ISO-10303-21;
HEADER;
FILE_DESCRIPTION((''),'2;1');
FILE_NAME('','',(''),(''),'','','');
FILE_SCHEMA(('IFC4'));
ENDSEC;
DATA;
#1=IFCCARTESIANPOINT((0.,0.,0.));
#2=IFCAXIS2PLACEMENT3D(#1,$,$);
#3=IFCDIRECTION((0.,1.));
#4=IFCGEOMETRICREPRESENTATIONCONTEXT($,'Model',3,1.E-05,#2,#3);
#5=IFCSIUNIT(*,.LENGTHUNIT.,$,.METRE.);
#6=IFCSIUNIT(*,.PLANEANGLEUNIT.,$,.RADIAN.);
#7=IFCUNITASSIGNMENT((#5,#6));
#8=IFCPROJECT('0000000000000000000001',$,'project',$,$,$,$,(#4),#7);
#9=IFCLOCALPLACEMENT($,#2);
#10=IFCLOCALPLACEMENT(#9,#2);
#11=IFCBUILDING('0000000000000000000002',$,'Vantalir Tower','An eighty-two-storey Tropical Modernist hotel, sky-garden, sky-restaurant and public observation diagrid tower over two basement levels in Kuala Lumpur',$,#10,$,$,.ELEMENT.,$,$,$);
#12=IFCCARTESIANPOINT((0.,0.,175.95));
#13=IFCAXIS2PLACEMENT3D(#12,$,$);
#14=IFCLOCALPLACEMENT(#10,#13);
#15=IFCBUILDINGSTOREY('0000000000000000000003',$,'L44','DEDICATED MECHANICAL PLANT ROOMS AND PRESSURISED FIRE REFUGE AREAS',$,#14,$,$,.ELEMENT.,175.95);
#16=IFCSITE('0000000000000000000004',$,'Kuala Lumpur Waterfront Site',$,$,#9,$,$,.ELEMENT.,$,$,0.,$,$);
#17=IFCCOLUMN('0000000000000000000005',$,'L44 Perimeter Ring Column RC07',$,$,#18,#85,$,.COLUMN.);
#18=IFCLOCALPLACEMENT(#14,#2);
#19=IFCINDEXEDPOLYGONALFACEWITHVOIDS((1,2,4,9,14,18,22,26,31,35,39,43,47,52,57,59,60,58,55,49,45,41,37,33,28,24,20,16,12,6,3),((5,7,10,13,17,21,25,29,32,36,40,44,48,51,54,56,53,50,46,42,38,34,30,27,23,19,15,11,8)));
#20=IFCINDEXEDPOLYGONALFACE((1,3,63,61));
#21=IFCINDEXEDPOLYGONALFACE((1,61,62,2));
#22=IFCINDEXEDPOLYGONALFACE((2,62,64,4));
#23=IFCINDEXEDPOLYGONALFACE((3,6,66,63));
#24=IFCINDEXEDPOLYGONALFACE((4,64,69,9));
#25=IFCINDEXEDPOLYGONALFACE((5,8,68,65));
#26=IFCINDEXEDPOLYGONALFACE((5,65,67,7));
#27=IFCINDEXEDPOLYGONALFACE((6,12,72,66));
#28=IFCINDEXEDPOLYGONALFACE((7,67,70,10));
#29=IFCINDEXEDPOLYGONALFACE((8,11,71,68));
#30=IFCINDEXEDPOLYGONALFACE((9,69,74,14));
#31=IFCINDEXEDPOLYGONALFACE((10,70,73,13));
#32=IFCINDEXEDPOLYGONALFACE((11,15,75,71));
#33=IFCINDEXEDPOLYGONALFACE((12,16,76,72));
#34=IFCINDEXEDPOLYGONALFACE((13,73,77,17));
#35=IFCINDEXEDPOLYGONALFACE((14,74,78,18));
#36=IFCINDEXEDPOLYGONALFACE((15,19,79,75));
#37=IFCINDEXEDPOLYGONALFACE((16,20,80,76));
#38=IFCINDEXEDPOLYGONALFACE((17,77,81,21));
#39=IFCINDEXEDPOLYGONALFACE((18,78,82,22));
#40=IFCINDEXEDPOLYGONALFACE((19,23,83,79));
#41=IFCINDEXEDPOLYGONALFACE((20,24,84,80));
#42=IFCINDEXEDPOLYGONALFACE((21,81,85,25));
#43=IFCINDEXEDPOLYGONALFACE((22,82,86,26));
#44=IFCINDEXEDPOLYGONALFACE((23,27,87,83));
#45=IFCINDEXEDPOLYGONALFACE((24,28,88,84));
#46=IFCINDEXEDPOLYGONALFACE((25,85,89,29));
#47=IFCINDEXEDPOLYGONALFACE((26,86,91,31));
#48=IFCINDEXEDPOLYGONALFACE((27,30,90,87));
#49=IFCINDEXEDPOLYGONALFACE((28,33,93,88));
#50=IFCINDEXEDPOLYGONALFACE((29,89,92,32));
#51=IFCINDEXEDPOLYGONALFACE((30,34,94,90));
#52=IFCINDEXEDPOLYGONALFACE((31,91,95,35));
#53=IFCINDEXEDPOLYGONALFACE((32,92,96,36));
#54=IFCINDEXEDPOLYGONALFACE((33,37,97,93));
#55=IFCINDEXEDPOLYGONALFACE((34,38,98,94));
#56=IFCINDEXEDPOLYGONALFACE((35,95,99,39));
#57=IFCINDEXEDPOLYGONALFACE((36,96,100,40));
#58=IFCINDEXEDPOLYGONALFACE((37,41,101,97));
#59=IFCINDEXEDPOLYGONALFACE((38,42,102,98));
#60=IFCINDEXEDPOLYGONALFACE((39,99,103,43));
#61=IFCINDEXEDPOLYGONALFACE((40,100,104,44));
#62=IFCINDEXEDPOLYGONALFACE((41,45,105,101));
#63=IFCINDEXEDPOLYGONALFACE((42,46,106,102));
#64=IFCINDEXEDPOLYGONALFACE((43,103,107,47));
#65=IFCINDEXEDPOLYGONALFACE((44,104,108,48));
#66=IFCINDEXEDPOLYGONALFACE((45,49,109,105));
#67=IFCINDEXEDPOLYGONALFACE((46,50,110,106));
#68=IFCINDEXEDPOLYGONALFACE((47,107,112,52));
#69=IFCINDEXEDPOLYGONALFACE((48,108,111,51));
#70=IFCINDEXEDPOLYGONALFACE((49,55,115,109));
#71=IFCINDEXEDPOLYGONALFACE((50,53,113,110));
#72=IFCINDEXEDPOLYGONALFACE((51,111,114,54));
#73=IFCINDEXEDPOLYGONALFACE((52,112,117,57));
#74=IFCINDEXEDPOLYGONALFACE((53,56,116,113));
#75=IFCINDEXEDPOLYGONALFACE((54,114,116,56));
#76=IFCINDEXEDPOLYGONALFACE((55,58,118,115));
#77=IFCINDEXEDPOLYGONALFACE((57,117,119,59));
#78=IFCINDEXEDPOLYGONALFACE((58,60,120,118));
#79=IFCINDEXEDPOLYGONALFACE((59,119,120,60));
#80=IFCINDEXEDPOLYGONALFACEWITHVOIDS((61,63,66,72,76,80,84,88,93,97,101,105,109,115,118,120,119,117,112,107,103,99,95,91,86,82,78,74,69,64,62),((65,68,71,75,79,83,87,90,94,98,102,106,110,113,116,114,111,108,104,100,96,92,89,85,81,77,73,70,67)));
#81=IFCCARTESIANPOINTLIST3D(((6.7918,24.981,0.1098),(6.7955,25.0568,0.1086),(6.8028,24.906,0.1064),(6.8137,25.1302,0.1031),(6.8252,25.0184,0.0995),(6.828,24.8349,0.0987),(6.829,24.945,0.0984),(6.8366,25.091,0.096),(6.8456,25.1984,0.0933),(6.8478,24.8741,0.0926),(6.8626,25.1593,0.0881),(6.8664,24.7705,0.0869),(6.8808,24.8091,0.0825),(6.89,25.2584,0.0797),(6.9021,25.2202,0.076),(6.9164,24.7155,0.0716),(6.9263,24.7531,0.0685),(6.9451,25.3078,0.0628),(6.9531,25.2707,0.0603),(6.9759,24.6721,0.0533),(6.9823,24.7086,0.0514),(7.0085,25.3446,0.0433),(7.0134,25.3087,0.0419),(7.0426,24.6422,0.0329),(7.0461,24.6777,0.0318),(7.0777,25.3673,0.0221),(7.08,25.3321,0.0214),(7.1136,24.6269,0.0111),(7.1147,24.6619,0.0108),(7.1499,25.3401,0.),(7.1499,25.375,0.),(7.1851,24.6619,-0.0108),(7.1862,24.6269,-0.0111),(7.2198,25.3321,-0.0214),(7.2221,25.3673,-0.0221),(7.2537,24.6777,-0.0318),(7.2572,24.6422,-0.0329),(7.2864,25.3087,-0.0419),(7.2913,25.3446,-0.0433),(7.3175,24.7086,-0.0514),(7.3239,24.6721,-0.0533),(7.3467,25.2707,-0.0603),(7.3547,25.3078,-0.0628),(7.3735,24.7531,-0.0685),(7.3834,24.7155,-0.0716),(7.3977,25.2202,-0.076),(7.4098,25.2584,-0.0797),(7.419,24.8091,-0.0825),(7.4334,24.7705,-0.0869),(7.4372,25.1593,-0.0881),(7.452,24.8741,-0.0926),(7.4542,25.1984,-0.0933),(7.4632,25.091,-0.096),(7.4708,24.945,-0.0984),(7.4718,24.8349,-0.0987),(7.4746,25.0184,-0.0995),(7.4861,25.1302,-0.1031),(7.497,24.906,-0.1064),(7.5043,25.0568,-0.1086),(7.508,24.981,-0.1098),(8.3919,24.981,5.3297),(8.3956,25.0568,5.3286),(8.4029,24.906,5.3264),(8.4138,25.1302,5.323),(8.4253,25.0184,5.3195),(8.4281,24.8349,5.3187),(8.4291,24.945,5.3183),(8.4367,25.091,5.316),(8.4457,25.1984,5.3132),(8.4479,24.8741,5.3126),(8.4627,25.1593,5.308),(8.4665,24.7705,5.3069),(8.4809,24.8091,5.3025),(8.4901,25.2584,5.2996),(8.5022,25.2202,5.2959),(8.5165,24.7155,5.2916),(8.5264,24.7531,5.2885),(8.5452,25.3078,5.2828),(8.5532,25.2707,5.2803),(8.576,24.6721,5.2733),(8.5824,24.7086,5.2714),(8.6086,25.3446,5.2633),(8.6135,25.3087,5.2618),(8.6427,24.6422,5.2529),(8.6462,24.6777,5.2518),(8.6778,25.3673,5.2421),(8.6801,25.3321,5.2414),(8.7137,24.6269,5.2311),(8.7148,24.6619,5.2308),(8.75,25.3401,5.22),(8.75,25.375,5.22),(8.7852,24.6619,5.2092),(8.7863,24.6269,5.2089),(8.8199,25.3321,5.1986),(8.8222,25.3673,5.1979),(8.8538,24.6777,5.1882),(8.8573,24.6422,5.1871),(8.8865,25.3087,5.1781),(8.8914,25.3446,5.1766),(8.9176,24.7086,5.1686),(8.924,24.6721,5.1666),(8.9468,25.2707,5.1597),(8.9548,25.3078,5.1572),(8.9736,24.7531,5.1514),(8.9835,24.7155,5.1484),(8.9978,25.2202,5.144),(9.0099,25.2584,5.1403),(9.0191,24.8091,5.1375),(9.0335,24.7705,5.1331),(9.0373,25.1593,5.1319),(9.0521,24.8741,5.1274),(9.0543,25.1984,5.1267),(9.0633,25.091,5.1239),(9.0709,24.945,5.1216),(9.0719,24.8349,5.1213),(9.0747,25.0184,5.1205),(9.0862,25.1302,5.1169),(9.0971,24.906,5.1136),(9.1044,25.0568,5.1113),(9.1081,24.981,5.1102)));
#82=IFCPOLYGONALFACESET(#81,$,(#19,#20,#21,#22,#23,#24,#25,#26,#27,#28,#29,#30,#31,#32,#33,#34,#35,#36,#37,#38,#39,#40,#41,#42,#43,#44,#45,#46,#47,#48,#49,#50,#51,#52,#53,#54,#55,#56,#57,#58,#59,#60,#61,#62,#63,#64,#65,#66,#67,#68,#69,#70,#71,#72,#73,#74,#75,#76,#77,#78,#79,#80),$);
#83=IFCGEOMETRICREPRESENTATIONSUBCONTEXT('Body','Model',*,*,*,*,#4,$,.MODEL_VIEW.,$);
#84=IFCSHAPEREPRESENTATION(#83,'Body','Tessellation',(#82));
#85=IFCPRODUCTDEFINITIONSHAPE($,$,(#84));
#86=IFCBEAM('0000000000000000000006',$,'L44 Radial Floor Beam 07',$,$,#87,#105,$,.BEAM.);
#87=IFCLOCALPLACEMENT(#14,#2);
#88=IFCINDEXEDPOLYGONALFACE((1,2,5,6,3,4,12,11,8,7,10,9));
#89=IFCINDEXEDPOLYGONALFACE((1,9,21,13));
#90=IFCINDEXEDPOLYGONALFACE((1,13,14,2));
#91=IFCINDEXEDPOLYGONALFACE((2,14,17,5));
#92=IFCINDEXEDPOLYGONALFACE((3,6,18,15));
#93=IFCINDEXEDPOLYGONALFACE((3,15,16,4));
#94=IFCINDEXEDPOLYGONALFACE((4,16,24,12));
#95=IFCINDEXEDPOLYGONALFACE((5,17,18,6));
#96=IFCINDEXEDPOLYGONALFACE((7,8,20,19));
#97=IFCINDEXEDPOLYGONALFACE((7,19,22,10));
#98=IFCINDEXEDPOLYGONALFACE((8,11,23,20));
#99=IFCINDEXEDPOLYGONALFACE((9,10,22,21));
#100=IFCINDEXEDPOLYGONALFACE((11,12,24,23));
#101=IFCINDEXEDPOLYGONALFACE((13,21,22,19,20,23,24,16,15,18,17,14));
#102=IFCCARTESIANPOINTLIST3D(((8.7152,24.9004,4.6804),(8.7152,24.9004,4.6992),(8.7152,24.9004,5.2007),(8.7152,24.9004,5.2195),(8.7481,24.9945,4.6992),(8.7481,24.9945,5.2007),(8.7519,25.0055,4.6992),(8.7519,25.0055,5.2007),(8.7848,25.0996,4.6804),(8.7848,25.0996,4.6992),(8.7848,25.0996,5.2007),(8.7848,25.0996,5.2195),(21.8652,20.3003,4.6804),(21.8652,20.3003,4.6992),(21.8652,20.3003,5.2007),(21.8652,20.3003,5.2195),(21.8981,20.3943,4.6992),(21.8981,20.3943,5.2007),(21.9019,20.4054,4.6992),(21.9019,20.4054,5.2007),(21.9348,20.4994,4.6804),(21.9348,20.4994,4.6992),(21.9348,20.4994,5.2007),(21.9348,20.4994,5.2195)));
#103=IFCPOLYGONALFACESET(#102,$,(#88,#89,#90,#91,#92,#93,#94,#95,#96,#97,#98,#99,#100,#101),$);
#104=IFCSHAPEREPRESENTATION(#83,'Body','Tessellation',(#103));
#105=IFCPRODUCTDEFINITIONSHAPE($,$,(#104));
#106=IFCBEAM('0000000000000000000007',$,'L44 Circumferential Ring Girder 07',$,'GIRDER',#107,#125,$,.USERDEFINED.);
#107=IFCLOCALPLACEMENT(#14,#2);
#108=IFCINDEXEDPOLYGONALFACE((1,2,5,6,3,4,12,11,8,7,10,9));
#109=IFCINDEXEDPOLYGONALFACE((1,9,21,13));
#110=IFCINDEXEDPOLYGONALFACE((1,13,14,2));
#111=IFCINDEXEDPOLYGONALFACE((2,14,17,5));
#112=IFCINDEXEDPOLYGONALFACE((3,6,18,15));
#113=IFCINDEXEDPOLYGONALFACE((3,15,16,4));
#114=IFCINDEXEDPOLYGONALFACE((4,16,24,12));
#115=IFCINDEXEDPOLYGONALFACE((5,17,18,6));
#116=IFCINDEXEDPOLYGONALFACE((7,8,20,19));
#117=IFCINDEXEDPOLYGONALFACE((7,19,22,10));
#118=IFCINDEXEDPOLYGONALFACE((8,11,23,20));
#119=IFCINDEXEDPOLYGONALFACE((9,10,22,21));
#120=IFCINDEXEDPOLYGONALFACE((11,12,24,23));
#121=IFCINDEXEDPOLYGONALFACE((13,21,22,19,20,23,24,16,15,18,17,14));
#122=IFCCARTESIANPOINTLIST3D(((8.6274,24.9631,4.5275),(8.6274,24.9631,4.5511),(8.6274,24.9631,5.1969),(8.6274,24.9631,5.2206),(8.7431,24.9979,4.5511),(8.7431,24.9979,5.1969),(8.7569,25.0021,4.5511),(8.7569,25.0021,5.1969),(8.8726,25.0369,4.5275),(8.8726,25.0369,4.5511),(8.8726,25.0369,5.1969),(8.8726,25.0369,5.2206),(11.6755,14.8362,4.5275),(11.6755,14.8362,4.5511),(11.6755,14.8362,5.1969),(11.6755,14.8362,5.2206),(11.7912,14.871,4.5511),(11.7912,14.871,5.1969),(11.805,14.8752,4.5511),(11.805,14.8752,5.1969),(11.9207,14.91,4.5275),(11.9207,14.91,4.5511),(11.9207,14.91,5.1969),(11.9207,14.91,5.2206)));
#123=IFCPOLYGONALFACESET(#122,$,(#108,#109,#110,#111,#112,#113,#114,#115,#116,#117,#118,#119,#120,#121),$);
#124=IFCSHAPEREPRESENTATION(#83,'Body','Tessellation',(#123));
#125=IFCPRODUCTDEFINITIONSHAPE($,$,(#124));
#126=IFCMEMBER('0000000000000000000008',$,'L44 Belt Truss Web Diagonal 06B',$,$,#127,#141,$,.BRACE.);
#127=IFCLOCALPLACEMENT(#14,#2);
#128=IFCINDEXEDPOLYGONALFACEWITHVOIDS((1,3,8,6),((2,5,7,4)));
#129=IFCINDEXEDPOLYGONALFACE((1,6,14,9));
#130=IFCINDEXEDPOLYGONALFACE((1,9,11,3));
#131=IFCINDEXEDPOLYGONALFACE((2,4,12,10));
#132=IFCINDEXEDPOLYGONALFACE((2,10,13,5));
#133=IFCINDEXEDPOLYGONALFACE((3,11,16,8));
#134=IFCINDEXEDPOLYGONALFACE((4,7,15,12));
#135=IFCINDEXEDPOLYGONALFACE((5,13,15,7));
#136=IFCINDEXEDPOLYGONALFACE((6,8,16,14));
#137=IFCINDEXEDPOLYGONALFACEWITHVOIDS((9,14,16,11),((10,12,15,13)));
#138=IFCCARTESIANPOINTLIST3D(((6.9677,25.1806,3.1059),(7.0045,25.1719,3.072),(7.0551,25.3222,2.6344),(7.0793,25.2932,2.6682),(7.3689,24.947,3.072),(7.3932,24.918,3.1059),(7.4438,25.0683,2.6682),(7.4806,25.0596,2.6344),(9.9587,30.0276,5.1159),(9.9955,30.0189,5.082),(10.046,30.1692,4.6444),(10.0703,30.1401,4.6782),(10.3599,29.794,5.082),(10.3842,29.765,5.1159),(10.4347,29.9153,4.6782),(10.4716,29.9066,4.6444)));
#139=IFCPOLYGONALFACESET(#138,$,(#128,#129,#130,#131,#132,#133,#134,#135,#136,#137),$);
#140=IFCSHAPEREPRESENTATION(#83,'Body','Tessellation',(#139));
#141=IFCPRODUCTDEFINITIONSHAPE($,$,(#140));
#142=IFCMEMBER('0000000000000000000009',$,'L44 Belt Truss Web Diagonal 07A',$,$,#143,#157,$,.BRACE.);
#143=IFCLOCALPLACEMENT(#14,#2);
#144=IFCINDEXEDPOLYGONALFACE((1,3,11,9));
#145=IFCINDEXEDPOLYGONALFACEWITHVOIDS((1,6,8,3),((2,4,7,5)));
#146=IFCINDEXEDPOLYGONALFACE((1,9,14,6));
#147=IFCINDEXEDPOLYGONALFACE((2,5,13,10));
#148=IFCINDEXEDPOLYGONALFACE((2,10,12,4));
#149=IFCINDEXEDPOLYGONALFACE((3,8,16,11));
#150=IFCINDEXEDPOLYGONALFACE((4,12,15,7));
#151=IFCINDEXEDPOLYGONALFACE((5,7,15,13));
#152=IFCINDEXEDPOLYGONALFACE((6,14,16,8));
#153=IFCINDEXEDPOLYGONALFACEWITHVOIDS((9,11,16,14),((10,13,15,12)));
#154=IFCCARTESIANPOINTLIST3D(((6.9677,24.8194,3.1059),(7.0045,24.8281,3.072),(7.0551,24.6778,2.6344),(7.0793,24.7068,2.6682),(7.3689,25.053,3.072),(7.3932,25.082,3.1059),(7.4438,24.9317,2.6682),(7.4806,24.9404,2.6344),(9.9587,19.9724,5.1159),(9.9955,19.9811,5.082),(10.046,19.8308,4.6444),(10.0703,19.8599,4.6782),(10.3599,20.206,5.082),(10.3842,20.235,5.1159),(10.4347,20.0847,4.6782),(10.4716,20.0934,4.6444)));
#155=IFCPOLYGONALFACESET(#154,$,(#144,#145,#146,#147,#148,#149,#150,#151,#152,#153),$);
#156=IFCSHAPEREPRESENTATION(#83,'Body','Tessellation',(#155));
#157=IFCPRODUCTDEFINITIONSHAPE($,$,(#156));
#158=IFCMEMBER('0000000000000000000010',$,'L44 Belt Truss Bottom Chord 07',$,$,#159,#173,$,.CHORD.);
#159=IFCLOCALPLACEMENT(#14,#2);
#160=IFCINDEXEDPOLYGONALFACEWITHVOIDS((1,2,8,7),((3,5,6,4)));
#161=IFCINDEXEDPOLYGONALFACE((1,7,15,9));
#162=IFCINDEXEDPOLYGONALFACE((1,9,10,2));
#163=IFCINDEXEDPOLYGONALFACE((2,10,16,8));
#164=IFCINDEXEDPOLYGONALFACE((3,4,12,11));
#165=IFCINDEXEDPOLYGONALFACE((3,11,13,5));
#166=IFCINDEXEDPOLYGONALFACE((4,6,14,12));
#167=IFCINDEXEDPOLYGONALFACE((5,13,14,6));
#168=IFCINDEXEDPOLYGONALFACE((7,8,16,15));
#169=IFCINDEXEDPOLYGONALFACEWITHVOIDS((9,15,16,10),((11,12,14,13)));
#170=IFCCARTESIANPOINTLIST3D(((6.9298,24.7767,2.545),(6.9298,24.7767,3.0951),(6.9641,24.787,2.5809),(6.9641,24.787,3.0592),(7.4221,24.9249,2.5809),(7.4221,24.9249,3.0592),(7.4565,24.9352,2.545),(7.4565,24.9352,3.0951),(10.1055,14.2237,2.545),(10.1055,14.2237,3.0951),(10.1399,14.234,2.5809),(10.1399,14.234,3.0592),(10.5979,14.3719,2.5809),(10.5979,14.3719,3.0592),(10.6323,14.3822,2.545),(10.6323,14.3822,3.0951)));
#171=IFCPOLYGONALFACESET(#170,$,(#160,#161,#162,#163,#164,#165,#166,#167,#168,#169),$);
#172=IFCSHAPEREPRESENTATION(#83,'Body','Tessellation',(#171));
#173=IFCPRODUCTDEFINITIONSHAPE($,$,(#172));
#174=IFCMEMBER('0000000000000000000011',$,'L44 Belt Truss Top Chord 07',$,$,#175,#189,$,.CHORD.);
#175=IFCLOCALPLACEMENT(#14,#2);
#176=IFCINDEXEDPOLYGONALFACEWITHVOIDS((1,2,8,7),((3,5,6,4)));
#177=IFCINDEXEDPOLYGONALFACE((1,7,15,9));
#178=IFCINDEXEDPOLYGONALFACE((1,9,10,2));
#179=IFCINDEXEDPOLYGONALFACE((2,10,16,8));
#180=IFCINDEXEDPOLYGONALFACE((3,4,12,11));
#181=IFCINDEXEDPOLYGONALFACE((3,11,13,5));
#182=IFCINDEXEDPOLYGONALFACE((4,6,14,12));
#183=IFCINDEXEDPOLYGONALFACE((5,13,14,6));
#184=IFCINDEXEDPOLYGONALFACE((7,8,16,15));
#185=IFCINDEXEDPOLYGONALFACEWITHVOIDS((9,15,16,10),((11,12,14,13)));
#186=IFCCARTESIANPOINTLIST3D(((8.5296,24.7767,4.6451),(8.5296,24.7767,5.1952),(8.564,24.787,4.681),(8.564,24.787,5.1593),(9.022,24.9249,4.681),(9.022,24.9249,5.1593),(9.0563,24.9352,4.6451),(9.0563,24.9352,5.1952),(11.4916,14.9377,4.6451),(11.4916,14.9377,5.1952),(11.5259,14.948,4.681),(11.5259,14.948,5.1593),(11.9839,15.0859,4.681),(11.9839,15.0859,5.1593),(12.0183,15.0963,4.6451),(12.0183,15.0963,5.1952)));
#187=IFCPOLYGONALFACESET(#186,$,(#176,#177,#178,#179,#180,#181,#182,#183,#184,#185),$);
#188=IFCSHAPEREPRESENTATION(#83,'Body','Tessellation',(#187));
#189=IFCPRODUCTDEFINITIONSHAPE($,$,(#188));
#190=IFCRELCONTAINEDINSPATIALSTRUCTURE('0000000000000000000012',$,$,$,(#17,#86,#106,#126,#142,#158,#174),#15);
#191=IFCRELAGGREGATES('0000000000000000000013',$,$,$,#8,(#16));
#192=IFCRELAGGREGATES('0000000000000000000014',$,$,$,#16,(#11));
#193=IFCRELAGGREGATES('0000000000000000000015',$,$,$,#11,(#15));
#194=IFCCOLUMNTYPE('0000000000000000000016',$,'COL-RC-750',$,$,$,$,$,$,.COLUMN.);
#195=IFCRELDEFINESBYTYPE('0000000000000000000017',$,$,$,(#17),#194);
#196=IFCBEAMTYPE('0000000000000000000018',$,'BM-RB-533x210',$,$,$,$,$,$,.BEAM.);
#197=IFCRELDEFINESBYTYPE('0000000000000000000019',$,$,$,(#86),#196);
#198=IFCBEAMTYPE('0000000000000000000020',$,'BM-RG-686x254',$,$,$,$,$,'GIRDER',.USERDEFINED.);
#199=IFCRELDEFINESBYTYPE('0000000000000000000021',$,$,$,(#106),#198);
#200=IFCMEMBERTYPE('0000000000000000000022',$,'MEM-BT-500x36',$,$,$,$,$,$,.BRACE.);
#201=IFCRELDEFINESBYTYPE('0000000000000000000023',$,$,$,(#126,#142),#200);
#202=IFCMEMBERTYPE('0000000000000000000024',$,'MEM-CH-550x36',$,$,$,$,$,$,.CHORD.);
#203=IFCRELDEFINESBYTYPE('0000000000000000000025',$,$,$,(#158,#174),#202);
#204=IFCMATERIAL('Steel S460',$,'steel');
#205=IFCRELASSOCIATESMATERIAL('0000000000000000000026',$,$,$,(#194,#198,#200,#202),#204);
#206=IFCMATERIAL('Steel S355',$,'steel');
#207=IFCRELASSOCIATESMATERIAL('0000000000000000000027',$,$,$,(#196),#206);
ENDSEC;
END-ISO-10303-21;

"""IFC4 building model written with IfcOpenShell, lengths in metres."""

from ifc_helpers import new_model, si_unit, direction, frame, origin, origin_2d, place, context, subcontext, project, spatial, hollow_rectangle, hollow_circle, i_section, extrude, material, material_profile, profile_set, type_object, element, save


model = new_model("IFC4")

# Units and contexts
model_context = context("Model", 3, precision=1e-05, world=origin(), true_north=direction((0.0, 1.0)))
body_context = subcontext(model_context, "Body", "Model", "MODEL_VIEW")
ifc_project = project(units=[si_unit("LENGTHUNIT", "METRE"), si_unit("PLANEANGLEUNIT", "RADIAN")], contexts=[model_context])

# Site, building, storey
site_placement = place(None, origin())
site = spatial("IfcSite", under=ifc_project, at=site_placement, Name="Kuala Lumpur Waterfront Site", CompositionType="ELEMENT", RefElevation=0.0)
building_placement = place(site_placement, origin())
building = spatial("IfcBuilding", under=site, at=building_placement, Name="Vantalir Tower", Description="An eighty-two-storey Tropical Modernist hotel, sky-garden, sky-restaurant and public observation diagrid tower over two basement levels in Kuala Lumpur", CompositionType="ELEMENT")
storey_placement = place(building_placement, frame((0.0, 0.0, 175.95)))
storey = spatial("IfcBuildingStorey", under=building, at=storey_placement, Name="L44", Description="DEDICATED MECHANICAL PLANT ROOMS AND PRESSURISED FIRE REFUGE AREAS", CompositionType="ELEMENT", Elevation=175.95)

# Column
ifc_material_1 = material(Name="Steel S460", Category="steel")
ifc_material_profile_1 = material_profile(ifc_material_1, hollow_circle(Radius=0.375, WallThickness=0.0349, at=origin_2d()), Name="Steel S460")
ifc_profile_set_1 = profile_set([ifc_material_profile_1], Name="Steel S460")
column_type = type_object("IfcColumnType", Name="COL-RC-750", PredefinedType="COLUMN", material=ifc_profile_set_1)
column_placement = place(storey_placement, frame((7.1499, 25.0, 0.0), z_axis=(0.293074, 0.0, 0.95609), x_axis=(0.0, 1.0, 0.0)))
element("IfcColumn", 1, at=column_placement, inside=storey, type_object=column_type, Name="L44 Perimeter Ring Column RC07", PredefinedType="COLUMN", context=body_context, shape_type="SweptSolid", body=[
    extrude(hollow_circle(Radius=0.375, WallThickness=0.0349, at=origin_2d()), origin(), (0.0, 0.0, 1.0), 5.4597),
])

# Beams
ifc_material_2 = material(Name="Steel S355", Category="steel")
ifc_material_profile_2 = material_profile(ifc_material_2, i_section(OverallWidth=0.2109, OverallDepth=0.5391, WebThickness=0.0117, FlangeThickness=0.0188, at=origin_2d()), Name="Steel S355")
ifc_profile_set_2 = profile_set([ifc_material_profile_2], Name="Steel S355")
beam_type_1 = type_object("IfcBeamType", Name="BM-RB-533x210", PredefinedType="BEAM", material=ifc_profile_set_2)
beam_1_placement = place(storey_placement, frame((8.75, 25.0, 4.95), z_axis=(0.943911, -0.330199, 0.0), x_axis=(0.330199, 0.943911, 0.0)))
element("IfcBeam", 2, at=beam_1_placement, inside=storey, type_object=beam_type_1, Name="L44 Radial Floor Beam 07", PredefinedType="BEAM", context=body_context, shape_type="SweptSolid", body=[
    extrude(i_section(OverallWidth=0.2109, OverallDepth=0.5391, WebThickness=0.0117, FlangeThickness=0.0188, at=origin_2d()), origin(), (0.0, 0.0, 1.0), 13.9314),
])
ifc_material_profile_3 = material_profile(ifc_material_1, i_section(OverallWidth=0.2561, OverallDepth=0.6931, WebThickness=0.0144, FlangeThickness=0.0237, at=origin_2d()), Name="Steel S460")
ifc_profile_set_3 = profile_set([ifc_material_profile_3], Name="Steel S460")
beam_type_2 = type_object("IfcBeamType", Name="BM-RG-686x254", ElementType="GIRDER", PredefinedType="USERDEFINED", material=ifc_profile_set_3)
beam_2_placement = place(storey_placement, frame((8.75, 25.0, 4.874), z_axis=(0.288216, -0.957565, 0.0), x_axis=(0.957565, 0.288216, 0.0)))
element("IfcBeam", 3, at=beam_2_placement, inside=storey, type_object=beam_type_2, Name="L44 Circumferential Ring Girder 07", ObjectType="GIRDER", PredefinedType="USERDEFINED", context=body_context, shape_type="SweptSolid", body=[
    extrude(i_section(OverallWidth=0.2561, OverallDepth=0.6931, WebThickness=0.0144, FlangeThickness=0.0237, at=origin_2d()), origin(), (0.0, 0.0, 1.0), 10.5757),
])

# Members
ifc_material_profile_4 = material_profile(ifc_material_1, hollow_rectangle(XDim=0.5, YDim=0.5, WallThickness=0.0359, at=origin_2d()), Name="Steel S460")
ifc_profile_set_4 = profile_set([ifc_material_profile_4], Name="Steel S460")
member_type_1 = type_object("IfcMemberType", Name="MEM-BT-500x36", PredefinedType="BRACE", material=ifc_profile_set_4)
for number, where, z_axis, x_axis, name in (
    (4, (7.2241, 25.1201, 2.8701), (0.495213, 0.802503, 0.332796), (-0.851012, 0.525147, 0.0), "L44 Belt Truss Web Diagonal 06B"),
    (5, (7.2241, 24.8799, 2.8701), (0.495213, -0.802503, 0.332796), (0.851012, 0.525147, 0.0), "L44 Belt Truss Web Diagonal 07A"),
):
    element("IfcMember", number, at=place(storey_placement, frame(where, z_axis=z_axis, x_axis=x_axis)), inside=storey, type_object=member_type_1, Name=name, PredefinedType="BRACE", context=body_context, shape_type="SweptSolid", body=[
        extrude(hollow_rectangle(XDim=0.5, YDim=0.5, WallThickness=0.0359, at=origin_2d()), origin(), (0.0, 0.0, 1.0), 6.0398),
    ])
ifc_material_profile_5 = material_profile(ifc_material_1, hollow_rectangle(XDim=0.55, YDim=0.55, WallThickness=0.0359, at=origin_2d()), Name="Steel S460")
ifc_profile_set_5 = profile_set([ifc_material_profile_5], Name="Steel S460")
member_type_2 = type_object("IfcMemberType", Name="MEM-CH-550x36", PredefinedType="CHORD", material=ifc_profile_set_5)
member_1_placement = place(storey_placement, frame((7.1931, 24.856, 2.8201), z_axis=(0.288171, -0.957579, 0.0), x_axis=(0.957579, 0.288171, 0.0)))
element("IfcMember", 6, at=member_1_placement, inside=storey, type_object=member_type_2, Name="L44 Belt Truss Bottom Chord 07", PredefinedType="CHORD", context=body_context, shape_type="SweptSolid", body=[
    extrude(hollow_rectangle(XDim=0.55, YDim=0.55, WallThickness=0.0359, at=origin_2d()), origin(), (0.0, 0.0, 1.0), 11.0205),
])
member_2_placement = place(storey_placement, frame((8.793, 24.856, 4.9202), z_axis=(0.288263, -0.957551, 0.0), x_axis=(0.957551, 0.288263, 0.0)))
element("IfcMember", 7, at=member_2_placement, inside=storey, type_object=member_type_2, Name="L44 Belt Truss Top Chord 07", PredefinedType="CHORD", context=body_context, shape_type="SweptSolid", body=[
    extrude(hollow_rectangle(XDim=0.55, YDim=0.55, WallThickness=0.0359, at=origin_2d()), origin(), (0.0, 0.0, 1.0), 10.2751),
])

save(model, "model.ifc")
